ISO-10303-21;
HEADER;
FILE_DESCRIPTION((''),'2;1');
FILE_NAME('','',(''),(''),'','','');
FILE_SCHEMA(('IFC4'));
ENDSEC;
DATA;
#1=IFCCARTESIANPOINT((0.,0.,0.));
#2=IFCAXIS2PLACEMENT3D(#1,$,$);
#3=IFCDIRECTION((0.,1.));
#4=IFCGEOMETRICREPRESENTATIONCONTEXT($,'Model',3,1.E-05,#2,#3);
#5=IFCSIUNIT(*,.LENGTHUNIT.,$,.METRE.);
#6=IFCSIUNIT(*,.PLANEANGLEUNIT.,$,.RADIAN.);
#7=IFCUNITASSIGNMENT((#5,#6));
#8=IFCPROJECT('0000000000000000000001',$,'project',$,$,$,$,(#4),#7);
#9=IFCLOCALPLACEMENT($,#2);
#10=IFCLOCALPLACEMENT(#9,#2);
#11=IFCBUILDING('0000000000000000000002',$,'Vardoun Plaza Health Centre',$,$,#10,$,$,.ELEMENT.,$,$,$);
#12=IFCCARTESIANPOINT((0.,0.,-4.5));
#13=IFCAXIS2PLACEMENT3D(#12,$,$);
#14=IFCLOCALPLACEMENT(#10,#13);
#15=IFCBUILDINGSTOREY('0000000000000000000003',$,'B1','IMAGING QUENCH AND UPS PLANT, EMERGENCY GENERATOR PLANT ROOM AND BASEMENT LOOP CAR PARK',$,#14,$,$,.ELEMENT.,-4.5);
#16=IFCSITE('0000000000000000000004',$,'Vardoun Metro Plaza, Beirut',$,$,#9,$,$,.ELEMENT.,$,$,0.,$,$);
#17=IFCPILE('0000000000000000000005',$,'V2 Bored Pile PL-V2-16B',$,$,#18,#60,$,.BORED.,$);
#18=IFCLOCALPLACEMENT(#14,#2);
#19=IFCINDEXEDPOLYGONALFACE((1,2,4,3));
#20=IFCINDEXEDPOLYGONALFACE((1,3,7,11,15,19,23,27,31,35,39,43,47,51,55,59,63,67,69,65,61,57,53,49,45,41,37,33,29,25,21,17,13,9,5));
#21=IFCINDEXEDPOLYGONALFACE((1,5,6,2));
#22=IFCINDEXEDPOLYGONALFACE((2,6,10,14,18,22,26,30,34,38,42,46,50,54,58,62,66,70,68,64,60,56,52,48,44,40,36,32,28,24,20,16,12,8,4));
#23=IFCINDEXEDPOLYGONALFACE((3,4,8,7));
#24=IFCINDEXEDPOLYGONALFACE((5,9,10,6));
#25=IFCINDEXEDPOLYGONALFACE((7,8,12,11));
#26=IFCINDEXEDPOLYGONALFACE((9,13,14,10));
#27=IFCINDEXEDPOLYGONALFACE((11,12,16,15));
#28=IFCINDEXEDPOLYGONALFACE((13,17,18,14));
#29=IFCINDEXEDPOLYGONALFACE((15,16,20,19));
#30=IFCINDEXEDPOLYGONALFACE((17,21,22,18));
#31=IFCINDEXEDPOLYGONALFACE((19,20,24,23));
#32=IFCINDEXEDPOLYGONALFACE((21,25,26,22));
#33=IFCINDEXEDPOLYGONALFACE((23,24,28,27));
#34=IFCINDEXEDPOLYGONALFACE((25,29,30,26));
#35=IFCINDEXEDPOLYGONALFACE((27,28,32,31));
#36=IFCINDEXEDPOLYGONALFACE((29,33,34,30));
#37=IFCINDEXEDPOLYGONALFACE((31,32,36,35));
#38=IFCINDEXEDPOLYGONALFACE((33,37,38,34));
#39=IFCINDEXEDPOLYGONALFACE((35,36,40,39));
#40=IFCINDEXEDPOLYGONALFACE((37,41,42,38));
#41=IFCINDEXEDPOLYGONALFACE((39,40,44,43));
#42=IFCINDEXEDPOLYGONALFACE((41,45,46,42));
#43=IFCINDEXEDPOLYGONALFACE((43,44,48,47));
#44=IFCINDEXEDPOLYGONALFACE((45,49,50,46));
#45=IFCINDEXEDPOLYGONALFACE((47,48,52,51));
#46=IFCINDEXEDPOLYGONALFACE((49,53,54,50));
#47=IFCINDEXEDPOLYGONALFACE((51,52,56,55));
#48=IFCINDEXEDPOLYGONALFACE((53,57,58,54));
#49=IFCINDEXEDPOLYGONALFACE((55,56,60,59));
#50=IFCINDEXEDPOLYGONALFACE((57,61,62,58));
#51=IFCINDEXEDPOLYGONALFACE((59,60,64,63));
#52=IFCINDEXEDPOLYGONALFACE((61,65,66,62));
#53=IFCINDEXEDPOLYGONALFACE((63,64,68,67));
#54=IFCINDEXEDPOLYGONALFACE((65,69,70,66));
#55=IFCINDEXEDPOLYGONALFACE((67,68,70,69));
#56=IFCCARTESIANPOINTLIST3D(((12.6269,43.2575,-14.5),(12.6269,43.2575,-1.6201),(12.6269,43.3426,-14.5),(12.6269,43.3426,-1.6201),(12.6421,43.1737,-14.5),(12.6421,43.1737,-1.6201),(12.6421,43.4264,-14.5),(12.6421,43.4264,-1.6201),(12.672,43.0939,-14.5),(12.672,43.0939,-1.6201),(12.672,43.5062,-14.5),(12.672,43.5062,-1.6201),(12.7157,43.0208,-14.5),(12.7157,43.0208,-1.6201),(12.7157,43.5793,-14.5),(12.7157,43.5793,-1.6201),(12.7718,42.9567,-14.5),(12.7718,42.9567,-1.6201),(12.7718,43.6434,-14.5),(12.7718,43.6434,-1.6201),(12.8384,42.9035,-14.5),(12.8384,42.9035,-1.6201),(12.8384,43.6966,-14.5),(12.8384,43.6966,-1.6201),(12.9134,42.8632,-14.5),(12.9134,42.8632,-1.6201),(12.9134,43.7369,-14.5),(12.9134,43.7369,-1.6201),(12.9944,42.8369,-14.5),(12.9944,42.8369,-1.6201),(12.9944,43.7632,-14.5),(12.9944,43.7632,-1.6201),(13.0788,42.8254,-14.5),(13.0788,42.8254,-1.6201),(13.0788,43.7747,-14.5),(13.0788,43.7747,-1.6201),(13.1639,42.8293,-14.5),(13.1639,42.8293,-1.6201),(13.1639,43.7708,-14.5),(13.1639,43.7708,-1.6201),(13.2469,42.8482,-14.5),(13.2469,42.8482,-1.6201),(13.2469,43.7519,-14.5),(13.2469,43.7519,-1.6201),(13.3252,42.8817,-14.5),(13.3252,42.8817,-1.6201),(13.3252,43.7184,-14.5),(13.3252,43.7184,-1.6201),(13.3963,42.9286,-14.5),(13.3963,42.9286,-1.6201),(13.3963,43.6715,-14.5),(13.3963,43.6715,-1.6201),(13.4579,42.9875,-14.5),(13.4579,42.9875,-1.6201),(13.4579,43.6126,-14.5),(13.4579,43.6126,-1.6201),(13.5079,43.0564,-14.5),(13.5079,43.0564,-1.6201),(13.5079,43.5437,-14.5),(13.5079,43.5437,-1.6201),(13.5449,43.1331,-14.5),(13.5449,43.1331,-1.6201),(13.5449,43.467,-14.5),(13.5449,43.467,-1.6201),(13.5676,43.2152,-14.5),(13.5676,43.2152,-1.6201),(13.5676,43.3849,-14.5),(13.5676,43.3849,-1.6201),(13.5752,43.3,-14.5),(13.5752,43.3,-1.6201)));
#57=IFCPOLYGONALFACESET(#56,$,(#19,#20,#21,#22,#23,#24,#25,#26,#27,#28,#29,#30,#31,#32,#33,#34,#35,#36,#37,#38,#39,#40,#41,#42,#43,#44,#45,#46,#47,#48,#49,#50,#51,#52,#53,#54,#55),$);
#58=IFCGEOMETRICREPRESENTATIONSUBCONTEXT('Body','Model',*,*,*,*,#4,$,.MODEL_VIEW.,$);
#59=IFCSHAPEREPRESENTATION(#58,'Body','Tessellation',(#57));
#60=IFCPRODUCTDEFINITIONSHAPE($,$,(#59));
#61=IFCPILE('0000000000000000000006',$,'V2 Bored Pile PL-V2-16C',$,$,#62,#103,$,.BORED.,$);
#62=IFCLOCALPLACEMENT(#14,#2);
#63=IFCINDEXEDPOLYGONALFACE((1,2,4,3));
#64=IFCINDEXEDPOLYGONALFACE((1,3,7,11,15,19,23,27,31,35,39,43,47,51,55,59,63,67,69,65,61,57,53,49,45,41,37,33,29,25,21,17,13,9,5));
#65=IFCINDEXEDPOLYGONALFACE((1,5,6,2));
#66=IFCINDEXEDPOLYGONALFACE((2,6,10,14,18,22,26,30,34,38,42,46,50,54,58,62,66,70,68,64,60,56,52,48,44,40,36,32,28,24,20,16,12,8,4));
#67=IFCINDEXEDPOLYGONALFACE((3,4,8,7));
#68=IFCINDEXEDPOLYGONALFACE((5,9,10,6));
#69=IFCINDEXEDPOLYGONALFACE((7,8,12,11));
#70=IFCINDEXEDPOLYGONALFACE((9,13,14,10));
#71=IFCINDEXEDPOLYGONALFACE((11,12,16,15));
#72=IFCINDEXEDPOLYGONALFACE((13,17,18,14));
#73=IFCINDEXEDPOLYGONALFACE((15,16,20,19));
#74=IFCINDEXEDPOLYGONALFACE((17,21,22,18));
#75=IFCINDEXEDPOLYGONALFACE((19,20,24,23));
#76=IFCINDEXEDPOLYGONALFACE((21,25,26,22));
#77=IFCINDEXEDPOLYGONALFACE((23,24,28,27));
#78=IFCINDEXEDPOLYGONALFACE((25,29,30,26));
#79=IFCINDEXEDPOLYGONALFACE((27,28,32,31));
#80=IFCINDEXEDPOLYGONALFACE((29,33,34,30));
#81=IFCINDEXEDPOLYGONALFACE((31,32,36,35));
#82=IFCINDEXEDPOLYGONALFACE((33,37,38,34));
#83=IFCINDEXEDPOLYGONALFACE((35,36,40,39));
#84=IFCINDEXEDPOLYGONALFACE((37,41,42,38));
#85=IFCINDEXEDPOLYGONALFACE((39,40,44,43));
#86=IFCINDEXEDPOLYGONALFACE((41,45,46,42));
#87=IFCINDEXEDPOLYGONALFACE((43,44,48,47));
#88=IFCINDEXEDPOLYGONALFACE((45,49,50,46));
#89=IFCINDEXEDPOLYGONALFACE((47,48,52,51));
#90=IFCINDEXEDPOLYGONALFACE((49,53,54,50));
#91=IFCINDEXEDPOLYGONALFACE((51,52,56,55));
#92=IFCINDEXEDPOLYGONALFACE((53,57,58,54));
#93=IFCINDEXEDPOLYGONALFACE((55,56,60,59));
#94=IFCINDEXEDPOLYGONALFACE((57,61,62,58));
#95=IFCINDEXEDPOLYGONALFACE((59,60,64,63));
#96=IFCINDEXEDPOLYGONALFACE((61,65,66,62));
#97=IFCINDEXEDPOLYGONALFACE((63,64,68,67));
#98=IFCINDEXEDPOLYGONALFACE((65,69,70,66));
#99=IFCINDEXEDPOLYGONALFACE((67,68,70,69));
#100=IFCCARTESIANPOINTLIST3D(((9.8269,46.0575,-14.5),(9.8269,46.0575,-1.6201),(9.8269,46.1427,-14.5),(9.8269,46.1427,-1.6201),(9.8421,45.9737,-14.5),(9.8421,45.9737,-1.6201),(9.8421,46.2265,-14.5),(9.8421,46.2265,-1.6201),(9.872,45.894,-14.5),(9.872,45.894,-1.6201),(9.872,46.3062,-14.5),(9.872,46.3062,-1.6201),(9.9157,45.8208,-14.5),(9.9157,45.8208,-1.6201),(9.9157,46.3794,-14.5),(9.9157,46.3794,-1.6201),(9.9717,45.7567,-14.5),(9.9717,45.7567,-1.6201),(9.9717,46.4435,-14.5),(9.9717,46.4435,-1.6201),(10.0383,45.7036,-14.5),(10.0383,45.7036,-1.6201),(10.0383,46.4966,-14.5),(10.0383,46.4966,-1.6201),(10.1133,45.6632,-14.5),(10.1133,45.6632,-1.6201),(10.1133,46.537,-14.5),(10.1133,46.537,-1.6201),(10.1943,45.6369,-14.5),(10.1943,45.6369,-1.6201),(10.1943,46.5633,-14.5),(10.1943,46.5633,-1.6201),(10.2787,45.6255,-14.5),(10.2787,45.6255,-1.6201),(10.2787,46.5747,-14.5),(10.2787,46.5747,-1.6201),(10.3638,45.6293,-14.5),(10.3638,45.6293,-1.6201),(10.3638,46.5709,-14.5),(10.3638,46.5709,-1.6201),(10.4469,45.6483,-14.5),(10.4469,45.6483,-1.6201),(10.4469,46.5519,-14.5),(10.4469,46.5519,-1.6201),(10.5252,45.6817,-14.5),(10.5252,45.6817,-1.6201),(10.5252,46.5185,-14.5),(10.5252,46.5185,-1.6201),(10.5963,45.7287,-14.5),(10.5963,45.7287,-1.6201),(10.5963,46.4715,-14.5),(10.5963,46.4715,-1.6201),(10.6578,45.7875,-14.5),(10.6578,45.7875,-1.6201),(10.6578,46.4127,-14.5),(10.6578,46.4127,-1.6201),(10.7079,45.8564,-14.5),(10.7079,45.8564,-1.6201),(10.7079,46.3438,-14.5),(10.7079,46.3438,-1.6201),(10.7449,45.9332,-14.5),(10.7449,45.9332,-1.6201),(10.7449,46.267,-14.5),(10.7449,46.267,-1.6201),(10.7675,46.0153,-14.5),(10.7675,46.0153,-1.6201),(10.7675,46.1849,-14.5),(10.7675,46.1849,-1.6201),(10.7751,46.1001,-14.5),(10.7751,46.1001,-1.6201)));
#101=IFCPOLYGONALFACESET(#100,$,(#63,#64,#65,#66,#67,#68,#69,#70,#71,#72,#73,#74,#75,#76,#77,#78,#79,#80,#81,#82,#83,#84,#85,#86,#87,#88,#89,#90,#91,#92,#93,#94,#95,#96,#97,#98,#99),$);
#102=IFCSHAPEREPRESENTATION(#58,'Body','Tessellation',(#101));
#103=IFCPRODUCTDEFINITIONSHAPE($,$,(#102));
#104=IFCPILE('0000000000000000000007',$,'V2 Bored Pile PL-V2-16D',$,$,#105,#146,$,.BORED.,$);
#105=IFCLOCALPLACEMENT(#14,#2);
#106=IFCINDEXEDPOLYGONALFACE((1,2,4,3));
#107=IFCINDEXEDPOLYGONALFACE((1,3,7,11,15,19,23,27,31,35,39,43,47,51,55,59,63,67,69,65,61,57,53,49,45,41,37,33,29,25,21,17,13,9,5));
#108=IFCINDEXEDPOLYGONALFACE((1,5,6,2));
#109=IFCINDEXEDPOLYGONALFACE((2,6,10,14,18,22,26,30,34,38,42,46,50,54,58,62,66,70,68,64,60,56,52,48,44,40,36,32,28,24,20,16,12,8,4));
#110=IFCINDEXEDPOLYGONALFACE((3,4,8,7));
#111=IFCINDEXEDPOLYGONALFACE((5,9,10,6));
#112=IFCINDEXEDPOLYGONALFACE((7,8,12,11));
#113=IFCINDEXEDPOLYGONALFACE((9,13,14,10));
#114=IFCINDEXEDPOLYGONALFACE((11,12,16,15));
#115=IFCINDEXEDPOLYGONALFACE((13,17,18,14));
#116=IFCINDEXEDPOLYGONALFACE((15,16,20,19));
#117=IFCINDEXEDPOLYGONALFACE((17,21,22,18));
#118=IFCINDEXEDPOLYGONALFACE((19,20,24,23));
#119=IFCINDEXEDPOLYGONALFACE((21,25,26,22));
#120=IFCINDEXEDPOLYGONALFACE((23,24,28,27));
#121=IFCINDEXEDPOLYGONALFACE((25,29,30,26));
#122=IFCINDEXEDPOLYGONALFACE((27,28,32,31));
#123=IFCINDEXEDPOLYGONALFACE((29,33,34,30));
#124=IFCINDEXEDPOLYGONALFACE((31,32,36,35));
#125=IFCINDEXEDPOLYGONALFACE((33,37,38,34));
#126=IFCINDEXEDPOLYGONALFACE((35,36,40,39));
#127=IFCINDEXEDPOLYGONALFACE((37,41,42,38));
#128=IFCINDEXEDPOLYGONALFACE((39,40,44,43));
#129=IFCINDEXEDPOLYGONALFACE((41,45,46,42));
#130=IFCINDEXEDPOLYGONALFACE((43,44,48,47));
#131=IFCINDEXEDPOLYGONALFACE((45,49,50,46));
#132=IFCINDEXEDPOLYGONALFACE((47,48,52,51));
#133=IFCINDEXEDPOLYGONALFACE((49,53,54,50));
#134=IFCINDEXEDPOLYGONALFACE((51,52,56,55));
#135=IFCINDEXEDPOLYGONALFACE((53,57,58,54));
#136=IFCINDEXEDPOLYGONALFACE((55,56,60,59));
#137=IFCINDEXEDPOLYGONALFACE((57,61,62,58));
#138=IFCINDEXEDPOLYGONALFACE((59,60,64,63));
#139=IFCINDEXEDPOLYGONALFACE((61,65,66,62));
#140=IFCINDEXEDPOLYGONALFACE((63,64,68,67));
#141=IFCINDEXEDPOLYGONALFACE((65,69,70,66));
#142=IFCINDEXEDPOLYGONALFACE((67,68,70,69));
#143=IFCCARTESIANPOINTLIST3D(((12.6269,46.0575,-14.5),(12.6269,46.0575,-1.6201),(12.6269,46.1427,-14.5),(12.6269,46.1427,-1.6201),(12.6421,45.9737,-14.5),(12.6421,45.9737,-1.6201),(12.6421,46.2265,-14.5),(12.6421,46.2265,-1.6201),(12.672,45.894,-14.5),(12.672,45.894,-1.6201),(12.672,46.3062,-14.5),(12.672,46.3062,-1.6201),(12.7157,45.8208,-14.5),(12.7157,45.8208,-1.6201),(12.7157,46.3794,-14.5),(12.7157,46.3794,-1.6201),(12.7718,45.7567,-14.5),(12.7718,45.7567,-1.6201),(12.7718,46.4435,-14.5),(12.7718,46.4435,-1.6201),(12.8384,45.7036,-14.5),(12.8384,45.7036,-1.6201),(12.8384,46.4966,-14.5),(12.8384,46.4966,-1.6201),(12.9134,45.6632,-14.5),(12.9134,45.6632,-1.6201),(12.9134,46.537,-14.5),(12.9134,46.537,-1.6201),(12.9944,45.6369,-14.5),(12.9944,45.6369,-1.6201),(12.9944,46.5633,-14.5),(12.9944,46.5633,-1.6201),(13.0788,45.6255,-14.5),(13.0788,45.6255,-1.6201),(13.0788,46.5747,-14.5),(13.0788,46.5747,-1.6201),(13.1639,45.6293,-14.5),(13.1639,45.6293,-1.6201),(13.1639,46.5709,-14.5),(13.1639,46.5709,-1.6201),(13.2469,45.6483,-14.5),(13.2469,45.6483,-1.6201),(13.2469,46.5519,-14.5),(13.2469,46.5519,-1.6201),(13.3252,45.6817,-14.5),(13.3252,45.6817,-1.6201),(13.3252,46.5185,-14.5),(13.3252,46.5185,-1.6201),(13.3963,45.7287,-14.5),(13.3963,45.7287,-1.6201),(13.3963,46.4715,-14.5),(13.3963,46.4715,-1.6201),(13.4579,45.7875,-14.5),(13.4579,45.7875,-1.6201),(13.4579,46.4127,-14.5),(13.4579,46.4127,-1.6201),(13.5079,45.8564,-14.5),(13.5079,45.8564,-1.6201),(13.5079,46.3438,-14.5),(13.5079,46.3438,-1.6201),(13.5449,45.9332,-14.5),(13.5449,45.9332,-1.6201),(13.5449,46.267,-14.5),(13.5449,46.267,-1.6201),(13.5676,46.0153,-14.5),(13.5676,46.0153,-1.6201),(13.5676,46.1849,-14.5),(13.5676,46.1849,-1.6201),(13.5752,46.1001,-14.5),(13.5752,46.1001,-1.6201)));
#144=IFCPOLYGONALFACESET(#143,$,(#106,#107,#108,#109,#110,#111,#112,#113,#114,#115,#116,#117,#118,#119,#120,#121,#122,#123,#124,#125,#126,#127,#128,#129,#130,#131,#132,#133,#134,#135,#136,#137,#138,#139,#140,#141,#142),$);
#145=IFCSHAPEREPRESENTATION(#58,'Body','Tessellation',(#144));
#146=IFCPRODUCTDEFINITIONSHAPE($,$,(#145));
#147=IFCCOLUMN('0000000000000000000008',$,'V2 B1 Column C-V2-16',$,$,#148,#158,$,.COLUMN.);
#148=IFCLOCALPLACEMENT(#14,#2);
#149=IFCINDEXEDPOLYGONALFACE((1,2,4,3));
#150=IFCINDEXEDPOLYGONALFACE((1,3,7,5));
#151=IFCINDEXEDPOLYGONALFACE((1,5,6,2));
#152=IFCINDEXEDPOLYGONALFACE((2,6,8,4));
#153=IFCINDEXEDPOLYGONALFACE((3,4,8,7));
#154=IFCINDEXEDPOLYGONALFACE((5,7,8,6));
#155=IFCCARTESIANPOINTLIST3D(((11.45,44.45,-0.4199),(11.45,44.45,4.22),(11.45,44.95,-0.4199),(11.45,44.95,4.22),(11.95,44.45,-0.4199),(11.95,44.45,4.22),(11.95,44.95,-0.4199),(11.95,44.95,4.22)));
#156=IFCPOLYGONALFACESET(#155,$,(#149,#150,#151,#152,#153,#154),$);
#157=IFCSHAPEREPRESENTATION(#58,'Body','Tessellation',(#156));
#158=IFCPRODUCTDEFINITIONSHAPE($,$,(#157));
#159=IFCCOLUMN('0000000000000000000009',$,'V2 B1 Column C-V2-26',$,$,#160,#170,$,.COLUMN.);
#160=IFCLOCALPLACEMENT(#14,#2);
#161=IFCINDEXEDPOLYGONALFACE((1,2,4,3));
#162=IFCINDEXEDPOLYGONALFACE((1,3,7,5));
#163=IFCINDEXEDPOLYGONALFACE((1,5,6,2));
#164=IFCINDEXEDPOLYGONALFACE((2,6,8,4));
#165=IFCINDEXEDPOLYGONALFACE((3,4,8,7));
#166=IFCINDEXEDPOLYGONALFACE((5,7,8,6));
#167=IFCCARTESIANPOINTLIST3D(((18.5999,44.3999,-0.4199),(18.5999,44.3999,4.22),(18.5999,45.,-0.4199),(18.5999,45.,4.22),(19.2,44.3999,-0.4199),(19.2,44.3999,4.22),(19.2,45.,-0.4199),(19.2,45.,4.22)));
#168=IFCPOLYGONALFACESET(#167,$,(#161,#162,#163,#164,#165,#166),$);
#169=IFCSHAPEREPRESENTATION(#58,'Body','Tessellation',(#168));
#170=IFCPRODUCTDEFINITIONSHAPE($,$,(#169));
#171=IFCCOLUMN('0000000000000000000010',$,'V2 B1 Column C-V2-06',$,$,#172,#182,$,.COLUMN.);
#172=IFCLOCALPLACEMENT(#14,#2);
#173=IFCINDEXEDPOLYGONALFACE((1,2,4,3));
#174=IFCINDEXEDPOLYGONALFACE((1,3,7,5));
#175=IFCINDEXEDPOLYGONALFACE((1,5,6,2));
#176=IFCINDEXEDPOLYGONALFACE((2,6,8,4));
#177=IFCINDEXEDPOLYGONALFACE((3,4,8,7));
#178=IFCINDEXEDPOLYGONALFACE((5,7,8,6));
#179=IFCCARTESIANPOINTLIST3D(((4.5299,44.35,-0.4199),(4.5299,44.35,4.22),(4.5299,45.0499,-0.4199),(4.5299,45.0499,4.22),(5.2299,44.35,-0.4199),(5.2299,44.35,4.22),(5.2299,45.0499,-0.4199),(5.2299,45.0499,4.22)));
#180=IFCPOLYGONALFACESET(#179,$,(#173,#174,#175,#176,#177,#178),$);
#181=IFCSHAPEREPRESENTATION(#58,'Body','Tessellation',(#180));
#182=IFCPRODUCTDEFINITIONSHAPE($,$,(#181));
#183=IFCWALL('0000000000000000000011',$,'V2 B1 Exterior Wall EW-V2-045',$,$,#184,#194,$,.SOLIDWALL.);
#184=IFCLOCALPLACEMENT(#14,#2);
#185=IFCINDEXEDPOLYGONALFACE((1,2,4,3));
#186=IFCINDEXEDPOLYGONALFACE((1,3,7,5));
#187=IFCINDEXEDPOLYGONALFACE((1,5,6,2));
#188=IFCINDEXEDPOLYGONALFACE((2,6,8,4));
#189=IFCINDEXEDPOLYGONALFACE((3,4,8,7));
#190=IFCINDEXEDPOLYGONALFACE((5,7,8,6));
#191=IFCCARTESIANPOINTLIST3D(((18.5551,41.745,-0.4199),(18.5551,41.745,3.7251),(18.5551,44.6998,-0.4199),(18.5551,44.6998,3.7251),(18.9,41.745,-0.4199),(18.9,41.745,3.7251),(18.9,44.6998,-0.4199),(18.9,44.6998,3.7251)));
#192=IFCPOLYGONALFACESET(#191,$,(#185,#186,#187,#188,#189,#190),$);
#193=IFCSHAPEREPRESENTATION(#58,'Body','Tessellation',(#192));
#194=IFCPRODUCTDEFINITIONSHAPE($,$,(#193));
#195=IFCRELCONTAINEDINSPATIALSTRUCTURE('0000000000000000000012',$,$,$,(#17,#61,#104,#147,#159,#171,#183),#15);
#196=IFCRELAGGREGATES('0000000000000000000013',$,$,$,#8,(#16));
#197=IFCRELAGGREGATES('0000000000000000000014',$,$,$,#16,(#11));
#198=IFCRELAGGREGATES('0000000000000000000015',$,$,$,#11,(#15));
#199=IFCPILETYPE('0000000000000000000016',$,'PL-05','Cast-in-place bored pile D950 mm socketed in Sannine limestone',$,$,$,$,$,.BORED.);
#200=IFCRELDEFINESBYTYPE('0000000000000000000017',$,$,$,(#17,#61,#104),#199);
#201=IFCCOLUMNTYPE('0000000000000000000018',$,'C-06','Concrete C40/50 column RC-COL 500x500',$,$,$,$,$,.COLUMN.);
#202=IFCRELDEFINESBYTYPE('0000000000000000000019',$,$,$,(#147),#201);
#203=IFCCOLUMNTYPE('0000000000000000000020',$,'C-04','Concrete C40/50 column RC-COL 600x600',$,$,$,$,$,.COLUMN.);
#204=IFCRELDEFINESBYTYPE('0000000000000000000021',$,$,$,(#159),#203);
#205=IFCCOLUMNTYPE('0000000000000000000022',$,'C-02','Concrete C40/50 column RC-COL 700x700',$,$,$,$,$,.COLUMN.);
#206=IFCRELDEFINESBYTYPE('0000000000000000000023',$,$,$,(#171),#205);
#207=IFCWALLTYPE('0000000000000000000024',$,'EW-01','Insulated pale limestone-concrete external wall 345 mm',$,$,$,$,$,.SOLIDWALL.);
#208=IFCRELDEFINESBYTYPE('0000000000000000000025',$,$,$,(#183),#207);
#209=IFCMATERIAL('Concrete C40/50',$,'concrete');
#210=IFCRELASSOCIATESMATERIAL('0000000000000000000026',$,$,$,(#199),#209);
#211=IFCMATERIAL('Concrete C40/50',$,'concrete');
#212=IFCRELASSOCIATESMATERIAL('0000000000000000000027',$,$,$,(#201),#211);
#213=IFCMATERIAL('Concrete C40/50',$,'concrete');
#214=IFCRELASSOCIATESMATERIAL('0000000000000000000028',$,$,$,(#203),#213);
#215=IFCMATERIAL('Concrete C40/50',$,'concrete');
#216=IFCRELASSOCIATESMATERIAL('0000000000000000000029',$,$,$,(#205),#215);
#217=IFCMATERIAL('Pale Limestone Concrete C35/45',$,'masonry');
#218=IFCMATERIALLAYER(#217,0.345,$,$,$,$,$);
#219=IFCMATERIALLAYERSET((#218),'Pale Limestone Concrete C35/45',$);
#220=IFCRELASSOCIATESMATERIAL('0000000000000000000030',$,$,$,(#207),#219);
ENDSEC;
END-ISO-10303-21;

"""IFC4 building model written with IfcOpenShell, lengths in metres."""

from ifc_helpers import new_model, si_unit, direction, frame, frame_2d, origin, origin_2d, place, context, subcontext, project, spatial, rectangle, circle, extrude, material, layer, layer_set, material_profile, profile_set, type_object, element, save


model = new_model("IFC4")

# Units and contexts
model_context = context("Model", 3, precision=1e-05, world=origin(), true_north=direction((0.0, 1.0)))
body_context = subcontext(model_context, "Body", "Model", "MODEL_VIEW")
ifc_project = project(units=[si_unit("LENGTHUNIT", "METRE"), si_unit("PLANEANGLEUNIT", "RADIAN")], contexts=[model_context])

# Site, building, storey
site_placement = place(None, origin())
site = spatial("IfcSite", under=ifc_project, at=site_placement, Name="Vardoun Metro Plaza, Beirut", CompositionType="ELEMENT", RefElevation=0.0)
building_placement = place(site_placement, origin())
building = spatial("IfcBuilding", under=site, at=building_placement, Name="Vardoun Plaza Health Centre", CompositionType="ELEMENT")
storey_placement = place(building_placement, frame((0.0, 0.0, -4.5)))
storey = spatial("IfcBuildingStorey", under=building, at=storey_placement, Name="B1", Description="IMAGING QUENCH AND UPS PLANT, EMERGENCY GENERATOR PLANT ROOM AND BASEMENT LOOP CAR PARK", CompositionType="ELEMENT", Elevation=-4.5)

# Piles
ifc_material_1 = material(Name="Concrete C40/50", Category="concrete")
ifc_material_profile_1 = material_profile(ifc_material_1, circle(Radius=0.4751, at=origin_2d()), Name="PILE D950")
ifc_profile_set_1 = profile_set([ifc_material_profile_1], Name="Concrete C40/50")
pile_type_1 = type_object("IfcPileType", Name="PL-05", Description="Cast-in-place bored pile D950 mm socketed in Sannine limestone", PredefinedType="BORED", material=ifc_profile_set_1)
for number, where, z_axis, x_axis, name in (
    (1, (13.1001, 43.3, -1.6201), (0.0, 0.0, -1.0), (1.0, 0.0, 0.0), "V2 Bored Pile PL-V2-16B"),
    (2, (10.3, 46.1001, -1.6201), (0.0, 0.0, -1.0), (1.0, 0.0, 0.0), "V2 Bored Pile PL-V2-16C"),
    (3, (13.1001, 46.1001, -1.6201), (0.0, 0.0, -1.0), (1.0, 0.0, 0.0), "V2 Bored Pile PL-V2-16D"),
):
    element("IfcPile", number, at=place(storey_placement, frame(where, z_axis=z_axis, x_axis=x_axis)), inside=storey, type_object=pile_type_1, Name=name, PredefinedType="BORED", context=body_context, shape_type="SweptSolid", body=[
        extrude(circle(Radius=0.4751, at=origin_2d()), origin(), (0.0, 0.0, 1.0), 12.8799),
    ])

# Columns
ifc_material_2 = material(Name="Concrete C40/50", Category="concrete")
ifc_material_profile_2 = material_profile(ifc_material_2, rectangle(XDim=0.5, YDim=0.5, at=origin_2d()), Name="RC-COL 500x500")
ifc_profile_set_2 = profile_set([ifc_material_profile_2], Name="Concrete C40/50")
column_type_1 = type_object("IfcColumnType", Name="C-06", Description="Concrete C40/50 column RC-COL 500x500", PredefinedType="COLUMN", material=ifc_profile_set_2)
column_1_placement = place(storey_placement, frame((11.7, 44.7, -0.4199), z_axis=(0.0, 0.0, 1.0), x_axis=(1.0, 0.0, 0.0)))
element("IfcColumn", 4, at=column_1_placement, inside=storey, type_object=column_type_1, Name="V2 B1 Column C-V2-16", PredefinedType="COLUMN", context=body_context, shape_type="SweptSolid", body=[
    extrude(rectangle(XDim=0.5, YDim=0.5, at=origin_2d()), origin(), (0.0, 0.0, 1.0), 4.6399),
])
ifc_material_3 = material(Name="Concrete C40/50", Category="concrete")
ifc_material_profile_3 = material_profile(ifc_material_3, rectangle(XDim=0.6001, YDim=0.6001, at=origin_2d()), Name="RC-COL 600x600")
ifc_profile_set_3 = profile_set([ifc_material_profile_3], Name="Concrete C40/50")
column_type_2 = type_object("IfcColumnType", Name="C-04", Description="Concrete C40/50 column RC-COL 600x600", PredefinedType="COLUMN", material=ifc_profile_set_3)
column_2_placement = place(storey_placement, frame((18.8999, 44.7, -0.4199), z_axis=(0.0, 0.0, 1.0), x_axis=(1.0, 0.0, 0.0)))
element("IfcColumn", 5, at=column_2_placement, inside=storey, type_object=column_type_2, Name="V2 B1 Column C-V2-26", PredefinedType="COLUMN", context=body_context, shape_type="SweptSolid", body=[
    extrude(rectangle(XDim=0.6001, YDim=0.6001, at=origin_2d()), origin(), (0.0, 0.0, 1.0), 4.6399),
])
ifc_material_4 = material(Name="Concrete C40/50", Category="concrete")
ifc_material_profile_4 = material_profile(ifc_material_4, rectangle(XDim=0.7, YDim=0.7, at=origin_2d()), Name="RC-COL 700x700")
ifc_profile_set_4 = profile_set([ifc_material_profile_4], Name="Concrete C40/50")
column_type_3 = type_object("IfcColumnType", Name="C-02", Description="Concrete C40/50 column RC-COL 700x700", PredefinedType="COLUMN", material=ifc_profile_set_4)
column_3_placement = place(storey_placement, frame((4.8799, 44.7, -0.4199), z_axis=(0.0, 0.0, 1.0), x_axis=(1.0, 0.0, 0.0)))
element("IfcColumn", 6, at=column_3_placement, inside=storey, type_object=column_type_3, Name="V2 B1 Column C-V2-06", PredefinedType="COLUMN", context=body_context, shape_type="SweptSolid", body=[
    extrude(rectangle(XDim=0.7, YDim=0.7, at=origin_2d()), origin(), (0.0, 0.0, 1.0), 4.6399),
])

# Wall
ifc_material_5 = material(Name="Pale Limestone Concrete C35/45", Category="masonry")
ifc_layer = layer(ifc_material_5, 0.345)
ifc_layer_set = layer_set([ifc_layer], Name="Pale Limestone Concrete C35/45")
wall_type = type_object("IfcWallType", Name="EW-01", Description="Insulated pale limestone-concrete external wall 345 mm", PredefinedType="SOLIDWALL", material=ifc_layer_set)
wall_1_placement = place(storey_placement, frame((18.7275, 44.7, -0.4199), z_axis=(0.0, 0.0, 1.0), x_axis=(0.0, -1.0, 0.0)))
element("IfcWall", 7, at=wall_1_placement, inside=storey, type_object=wall_type, Name="V2 B1 Exterior Wall EW-V2-045", PredefinedType="SOLIDWALL", context=body_context, shape_type="SweptSolid", body=[
    extrude(rectangle(XDim=2.9548, YDim=0.345, at=frame_2d((1.4775, 0.0))), origin(), (0.0, 0.0, 1.0), 4.145),
])

save(model, "model.ifc")
